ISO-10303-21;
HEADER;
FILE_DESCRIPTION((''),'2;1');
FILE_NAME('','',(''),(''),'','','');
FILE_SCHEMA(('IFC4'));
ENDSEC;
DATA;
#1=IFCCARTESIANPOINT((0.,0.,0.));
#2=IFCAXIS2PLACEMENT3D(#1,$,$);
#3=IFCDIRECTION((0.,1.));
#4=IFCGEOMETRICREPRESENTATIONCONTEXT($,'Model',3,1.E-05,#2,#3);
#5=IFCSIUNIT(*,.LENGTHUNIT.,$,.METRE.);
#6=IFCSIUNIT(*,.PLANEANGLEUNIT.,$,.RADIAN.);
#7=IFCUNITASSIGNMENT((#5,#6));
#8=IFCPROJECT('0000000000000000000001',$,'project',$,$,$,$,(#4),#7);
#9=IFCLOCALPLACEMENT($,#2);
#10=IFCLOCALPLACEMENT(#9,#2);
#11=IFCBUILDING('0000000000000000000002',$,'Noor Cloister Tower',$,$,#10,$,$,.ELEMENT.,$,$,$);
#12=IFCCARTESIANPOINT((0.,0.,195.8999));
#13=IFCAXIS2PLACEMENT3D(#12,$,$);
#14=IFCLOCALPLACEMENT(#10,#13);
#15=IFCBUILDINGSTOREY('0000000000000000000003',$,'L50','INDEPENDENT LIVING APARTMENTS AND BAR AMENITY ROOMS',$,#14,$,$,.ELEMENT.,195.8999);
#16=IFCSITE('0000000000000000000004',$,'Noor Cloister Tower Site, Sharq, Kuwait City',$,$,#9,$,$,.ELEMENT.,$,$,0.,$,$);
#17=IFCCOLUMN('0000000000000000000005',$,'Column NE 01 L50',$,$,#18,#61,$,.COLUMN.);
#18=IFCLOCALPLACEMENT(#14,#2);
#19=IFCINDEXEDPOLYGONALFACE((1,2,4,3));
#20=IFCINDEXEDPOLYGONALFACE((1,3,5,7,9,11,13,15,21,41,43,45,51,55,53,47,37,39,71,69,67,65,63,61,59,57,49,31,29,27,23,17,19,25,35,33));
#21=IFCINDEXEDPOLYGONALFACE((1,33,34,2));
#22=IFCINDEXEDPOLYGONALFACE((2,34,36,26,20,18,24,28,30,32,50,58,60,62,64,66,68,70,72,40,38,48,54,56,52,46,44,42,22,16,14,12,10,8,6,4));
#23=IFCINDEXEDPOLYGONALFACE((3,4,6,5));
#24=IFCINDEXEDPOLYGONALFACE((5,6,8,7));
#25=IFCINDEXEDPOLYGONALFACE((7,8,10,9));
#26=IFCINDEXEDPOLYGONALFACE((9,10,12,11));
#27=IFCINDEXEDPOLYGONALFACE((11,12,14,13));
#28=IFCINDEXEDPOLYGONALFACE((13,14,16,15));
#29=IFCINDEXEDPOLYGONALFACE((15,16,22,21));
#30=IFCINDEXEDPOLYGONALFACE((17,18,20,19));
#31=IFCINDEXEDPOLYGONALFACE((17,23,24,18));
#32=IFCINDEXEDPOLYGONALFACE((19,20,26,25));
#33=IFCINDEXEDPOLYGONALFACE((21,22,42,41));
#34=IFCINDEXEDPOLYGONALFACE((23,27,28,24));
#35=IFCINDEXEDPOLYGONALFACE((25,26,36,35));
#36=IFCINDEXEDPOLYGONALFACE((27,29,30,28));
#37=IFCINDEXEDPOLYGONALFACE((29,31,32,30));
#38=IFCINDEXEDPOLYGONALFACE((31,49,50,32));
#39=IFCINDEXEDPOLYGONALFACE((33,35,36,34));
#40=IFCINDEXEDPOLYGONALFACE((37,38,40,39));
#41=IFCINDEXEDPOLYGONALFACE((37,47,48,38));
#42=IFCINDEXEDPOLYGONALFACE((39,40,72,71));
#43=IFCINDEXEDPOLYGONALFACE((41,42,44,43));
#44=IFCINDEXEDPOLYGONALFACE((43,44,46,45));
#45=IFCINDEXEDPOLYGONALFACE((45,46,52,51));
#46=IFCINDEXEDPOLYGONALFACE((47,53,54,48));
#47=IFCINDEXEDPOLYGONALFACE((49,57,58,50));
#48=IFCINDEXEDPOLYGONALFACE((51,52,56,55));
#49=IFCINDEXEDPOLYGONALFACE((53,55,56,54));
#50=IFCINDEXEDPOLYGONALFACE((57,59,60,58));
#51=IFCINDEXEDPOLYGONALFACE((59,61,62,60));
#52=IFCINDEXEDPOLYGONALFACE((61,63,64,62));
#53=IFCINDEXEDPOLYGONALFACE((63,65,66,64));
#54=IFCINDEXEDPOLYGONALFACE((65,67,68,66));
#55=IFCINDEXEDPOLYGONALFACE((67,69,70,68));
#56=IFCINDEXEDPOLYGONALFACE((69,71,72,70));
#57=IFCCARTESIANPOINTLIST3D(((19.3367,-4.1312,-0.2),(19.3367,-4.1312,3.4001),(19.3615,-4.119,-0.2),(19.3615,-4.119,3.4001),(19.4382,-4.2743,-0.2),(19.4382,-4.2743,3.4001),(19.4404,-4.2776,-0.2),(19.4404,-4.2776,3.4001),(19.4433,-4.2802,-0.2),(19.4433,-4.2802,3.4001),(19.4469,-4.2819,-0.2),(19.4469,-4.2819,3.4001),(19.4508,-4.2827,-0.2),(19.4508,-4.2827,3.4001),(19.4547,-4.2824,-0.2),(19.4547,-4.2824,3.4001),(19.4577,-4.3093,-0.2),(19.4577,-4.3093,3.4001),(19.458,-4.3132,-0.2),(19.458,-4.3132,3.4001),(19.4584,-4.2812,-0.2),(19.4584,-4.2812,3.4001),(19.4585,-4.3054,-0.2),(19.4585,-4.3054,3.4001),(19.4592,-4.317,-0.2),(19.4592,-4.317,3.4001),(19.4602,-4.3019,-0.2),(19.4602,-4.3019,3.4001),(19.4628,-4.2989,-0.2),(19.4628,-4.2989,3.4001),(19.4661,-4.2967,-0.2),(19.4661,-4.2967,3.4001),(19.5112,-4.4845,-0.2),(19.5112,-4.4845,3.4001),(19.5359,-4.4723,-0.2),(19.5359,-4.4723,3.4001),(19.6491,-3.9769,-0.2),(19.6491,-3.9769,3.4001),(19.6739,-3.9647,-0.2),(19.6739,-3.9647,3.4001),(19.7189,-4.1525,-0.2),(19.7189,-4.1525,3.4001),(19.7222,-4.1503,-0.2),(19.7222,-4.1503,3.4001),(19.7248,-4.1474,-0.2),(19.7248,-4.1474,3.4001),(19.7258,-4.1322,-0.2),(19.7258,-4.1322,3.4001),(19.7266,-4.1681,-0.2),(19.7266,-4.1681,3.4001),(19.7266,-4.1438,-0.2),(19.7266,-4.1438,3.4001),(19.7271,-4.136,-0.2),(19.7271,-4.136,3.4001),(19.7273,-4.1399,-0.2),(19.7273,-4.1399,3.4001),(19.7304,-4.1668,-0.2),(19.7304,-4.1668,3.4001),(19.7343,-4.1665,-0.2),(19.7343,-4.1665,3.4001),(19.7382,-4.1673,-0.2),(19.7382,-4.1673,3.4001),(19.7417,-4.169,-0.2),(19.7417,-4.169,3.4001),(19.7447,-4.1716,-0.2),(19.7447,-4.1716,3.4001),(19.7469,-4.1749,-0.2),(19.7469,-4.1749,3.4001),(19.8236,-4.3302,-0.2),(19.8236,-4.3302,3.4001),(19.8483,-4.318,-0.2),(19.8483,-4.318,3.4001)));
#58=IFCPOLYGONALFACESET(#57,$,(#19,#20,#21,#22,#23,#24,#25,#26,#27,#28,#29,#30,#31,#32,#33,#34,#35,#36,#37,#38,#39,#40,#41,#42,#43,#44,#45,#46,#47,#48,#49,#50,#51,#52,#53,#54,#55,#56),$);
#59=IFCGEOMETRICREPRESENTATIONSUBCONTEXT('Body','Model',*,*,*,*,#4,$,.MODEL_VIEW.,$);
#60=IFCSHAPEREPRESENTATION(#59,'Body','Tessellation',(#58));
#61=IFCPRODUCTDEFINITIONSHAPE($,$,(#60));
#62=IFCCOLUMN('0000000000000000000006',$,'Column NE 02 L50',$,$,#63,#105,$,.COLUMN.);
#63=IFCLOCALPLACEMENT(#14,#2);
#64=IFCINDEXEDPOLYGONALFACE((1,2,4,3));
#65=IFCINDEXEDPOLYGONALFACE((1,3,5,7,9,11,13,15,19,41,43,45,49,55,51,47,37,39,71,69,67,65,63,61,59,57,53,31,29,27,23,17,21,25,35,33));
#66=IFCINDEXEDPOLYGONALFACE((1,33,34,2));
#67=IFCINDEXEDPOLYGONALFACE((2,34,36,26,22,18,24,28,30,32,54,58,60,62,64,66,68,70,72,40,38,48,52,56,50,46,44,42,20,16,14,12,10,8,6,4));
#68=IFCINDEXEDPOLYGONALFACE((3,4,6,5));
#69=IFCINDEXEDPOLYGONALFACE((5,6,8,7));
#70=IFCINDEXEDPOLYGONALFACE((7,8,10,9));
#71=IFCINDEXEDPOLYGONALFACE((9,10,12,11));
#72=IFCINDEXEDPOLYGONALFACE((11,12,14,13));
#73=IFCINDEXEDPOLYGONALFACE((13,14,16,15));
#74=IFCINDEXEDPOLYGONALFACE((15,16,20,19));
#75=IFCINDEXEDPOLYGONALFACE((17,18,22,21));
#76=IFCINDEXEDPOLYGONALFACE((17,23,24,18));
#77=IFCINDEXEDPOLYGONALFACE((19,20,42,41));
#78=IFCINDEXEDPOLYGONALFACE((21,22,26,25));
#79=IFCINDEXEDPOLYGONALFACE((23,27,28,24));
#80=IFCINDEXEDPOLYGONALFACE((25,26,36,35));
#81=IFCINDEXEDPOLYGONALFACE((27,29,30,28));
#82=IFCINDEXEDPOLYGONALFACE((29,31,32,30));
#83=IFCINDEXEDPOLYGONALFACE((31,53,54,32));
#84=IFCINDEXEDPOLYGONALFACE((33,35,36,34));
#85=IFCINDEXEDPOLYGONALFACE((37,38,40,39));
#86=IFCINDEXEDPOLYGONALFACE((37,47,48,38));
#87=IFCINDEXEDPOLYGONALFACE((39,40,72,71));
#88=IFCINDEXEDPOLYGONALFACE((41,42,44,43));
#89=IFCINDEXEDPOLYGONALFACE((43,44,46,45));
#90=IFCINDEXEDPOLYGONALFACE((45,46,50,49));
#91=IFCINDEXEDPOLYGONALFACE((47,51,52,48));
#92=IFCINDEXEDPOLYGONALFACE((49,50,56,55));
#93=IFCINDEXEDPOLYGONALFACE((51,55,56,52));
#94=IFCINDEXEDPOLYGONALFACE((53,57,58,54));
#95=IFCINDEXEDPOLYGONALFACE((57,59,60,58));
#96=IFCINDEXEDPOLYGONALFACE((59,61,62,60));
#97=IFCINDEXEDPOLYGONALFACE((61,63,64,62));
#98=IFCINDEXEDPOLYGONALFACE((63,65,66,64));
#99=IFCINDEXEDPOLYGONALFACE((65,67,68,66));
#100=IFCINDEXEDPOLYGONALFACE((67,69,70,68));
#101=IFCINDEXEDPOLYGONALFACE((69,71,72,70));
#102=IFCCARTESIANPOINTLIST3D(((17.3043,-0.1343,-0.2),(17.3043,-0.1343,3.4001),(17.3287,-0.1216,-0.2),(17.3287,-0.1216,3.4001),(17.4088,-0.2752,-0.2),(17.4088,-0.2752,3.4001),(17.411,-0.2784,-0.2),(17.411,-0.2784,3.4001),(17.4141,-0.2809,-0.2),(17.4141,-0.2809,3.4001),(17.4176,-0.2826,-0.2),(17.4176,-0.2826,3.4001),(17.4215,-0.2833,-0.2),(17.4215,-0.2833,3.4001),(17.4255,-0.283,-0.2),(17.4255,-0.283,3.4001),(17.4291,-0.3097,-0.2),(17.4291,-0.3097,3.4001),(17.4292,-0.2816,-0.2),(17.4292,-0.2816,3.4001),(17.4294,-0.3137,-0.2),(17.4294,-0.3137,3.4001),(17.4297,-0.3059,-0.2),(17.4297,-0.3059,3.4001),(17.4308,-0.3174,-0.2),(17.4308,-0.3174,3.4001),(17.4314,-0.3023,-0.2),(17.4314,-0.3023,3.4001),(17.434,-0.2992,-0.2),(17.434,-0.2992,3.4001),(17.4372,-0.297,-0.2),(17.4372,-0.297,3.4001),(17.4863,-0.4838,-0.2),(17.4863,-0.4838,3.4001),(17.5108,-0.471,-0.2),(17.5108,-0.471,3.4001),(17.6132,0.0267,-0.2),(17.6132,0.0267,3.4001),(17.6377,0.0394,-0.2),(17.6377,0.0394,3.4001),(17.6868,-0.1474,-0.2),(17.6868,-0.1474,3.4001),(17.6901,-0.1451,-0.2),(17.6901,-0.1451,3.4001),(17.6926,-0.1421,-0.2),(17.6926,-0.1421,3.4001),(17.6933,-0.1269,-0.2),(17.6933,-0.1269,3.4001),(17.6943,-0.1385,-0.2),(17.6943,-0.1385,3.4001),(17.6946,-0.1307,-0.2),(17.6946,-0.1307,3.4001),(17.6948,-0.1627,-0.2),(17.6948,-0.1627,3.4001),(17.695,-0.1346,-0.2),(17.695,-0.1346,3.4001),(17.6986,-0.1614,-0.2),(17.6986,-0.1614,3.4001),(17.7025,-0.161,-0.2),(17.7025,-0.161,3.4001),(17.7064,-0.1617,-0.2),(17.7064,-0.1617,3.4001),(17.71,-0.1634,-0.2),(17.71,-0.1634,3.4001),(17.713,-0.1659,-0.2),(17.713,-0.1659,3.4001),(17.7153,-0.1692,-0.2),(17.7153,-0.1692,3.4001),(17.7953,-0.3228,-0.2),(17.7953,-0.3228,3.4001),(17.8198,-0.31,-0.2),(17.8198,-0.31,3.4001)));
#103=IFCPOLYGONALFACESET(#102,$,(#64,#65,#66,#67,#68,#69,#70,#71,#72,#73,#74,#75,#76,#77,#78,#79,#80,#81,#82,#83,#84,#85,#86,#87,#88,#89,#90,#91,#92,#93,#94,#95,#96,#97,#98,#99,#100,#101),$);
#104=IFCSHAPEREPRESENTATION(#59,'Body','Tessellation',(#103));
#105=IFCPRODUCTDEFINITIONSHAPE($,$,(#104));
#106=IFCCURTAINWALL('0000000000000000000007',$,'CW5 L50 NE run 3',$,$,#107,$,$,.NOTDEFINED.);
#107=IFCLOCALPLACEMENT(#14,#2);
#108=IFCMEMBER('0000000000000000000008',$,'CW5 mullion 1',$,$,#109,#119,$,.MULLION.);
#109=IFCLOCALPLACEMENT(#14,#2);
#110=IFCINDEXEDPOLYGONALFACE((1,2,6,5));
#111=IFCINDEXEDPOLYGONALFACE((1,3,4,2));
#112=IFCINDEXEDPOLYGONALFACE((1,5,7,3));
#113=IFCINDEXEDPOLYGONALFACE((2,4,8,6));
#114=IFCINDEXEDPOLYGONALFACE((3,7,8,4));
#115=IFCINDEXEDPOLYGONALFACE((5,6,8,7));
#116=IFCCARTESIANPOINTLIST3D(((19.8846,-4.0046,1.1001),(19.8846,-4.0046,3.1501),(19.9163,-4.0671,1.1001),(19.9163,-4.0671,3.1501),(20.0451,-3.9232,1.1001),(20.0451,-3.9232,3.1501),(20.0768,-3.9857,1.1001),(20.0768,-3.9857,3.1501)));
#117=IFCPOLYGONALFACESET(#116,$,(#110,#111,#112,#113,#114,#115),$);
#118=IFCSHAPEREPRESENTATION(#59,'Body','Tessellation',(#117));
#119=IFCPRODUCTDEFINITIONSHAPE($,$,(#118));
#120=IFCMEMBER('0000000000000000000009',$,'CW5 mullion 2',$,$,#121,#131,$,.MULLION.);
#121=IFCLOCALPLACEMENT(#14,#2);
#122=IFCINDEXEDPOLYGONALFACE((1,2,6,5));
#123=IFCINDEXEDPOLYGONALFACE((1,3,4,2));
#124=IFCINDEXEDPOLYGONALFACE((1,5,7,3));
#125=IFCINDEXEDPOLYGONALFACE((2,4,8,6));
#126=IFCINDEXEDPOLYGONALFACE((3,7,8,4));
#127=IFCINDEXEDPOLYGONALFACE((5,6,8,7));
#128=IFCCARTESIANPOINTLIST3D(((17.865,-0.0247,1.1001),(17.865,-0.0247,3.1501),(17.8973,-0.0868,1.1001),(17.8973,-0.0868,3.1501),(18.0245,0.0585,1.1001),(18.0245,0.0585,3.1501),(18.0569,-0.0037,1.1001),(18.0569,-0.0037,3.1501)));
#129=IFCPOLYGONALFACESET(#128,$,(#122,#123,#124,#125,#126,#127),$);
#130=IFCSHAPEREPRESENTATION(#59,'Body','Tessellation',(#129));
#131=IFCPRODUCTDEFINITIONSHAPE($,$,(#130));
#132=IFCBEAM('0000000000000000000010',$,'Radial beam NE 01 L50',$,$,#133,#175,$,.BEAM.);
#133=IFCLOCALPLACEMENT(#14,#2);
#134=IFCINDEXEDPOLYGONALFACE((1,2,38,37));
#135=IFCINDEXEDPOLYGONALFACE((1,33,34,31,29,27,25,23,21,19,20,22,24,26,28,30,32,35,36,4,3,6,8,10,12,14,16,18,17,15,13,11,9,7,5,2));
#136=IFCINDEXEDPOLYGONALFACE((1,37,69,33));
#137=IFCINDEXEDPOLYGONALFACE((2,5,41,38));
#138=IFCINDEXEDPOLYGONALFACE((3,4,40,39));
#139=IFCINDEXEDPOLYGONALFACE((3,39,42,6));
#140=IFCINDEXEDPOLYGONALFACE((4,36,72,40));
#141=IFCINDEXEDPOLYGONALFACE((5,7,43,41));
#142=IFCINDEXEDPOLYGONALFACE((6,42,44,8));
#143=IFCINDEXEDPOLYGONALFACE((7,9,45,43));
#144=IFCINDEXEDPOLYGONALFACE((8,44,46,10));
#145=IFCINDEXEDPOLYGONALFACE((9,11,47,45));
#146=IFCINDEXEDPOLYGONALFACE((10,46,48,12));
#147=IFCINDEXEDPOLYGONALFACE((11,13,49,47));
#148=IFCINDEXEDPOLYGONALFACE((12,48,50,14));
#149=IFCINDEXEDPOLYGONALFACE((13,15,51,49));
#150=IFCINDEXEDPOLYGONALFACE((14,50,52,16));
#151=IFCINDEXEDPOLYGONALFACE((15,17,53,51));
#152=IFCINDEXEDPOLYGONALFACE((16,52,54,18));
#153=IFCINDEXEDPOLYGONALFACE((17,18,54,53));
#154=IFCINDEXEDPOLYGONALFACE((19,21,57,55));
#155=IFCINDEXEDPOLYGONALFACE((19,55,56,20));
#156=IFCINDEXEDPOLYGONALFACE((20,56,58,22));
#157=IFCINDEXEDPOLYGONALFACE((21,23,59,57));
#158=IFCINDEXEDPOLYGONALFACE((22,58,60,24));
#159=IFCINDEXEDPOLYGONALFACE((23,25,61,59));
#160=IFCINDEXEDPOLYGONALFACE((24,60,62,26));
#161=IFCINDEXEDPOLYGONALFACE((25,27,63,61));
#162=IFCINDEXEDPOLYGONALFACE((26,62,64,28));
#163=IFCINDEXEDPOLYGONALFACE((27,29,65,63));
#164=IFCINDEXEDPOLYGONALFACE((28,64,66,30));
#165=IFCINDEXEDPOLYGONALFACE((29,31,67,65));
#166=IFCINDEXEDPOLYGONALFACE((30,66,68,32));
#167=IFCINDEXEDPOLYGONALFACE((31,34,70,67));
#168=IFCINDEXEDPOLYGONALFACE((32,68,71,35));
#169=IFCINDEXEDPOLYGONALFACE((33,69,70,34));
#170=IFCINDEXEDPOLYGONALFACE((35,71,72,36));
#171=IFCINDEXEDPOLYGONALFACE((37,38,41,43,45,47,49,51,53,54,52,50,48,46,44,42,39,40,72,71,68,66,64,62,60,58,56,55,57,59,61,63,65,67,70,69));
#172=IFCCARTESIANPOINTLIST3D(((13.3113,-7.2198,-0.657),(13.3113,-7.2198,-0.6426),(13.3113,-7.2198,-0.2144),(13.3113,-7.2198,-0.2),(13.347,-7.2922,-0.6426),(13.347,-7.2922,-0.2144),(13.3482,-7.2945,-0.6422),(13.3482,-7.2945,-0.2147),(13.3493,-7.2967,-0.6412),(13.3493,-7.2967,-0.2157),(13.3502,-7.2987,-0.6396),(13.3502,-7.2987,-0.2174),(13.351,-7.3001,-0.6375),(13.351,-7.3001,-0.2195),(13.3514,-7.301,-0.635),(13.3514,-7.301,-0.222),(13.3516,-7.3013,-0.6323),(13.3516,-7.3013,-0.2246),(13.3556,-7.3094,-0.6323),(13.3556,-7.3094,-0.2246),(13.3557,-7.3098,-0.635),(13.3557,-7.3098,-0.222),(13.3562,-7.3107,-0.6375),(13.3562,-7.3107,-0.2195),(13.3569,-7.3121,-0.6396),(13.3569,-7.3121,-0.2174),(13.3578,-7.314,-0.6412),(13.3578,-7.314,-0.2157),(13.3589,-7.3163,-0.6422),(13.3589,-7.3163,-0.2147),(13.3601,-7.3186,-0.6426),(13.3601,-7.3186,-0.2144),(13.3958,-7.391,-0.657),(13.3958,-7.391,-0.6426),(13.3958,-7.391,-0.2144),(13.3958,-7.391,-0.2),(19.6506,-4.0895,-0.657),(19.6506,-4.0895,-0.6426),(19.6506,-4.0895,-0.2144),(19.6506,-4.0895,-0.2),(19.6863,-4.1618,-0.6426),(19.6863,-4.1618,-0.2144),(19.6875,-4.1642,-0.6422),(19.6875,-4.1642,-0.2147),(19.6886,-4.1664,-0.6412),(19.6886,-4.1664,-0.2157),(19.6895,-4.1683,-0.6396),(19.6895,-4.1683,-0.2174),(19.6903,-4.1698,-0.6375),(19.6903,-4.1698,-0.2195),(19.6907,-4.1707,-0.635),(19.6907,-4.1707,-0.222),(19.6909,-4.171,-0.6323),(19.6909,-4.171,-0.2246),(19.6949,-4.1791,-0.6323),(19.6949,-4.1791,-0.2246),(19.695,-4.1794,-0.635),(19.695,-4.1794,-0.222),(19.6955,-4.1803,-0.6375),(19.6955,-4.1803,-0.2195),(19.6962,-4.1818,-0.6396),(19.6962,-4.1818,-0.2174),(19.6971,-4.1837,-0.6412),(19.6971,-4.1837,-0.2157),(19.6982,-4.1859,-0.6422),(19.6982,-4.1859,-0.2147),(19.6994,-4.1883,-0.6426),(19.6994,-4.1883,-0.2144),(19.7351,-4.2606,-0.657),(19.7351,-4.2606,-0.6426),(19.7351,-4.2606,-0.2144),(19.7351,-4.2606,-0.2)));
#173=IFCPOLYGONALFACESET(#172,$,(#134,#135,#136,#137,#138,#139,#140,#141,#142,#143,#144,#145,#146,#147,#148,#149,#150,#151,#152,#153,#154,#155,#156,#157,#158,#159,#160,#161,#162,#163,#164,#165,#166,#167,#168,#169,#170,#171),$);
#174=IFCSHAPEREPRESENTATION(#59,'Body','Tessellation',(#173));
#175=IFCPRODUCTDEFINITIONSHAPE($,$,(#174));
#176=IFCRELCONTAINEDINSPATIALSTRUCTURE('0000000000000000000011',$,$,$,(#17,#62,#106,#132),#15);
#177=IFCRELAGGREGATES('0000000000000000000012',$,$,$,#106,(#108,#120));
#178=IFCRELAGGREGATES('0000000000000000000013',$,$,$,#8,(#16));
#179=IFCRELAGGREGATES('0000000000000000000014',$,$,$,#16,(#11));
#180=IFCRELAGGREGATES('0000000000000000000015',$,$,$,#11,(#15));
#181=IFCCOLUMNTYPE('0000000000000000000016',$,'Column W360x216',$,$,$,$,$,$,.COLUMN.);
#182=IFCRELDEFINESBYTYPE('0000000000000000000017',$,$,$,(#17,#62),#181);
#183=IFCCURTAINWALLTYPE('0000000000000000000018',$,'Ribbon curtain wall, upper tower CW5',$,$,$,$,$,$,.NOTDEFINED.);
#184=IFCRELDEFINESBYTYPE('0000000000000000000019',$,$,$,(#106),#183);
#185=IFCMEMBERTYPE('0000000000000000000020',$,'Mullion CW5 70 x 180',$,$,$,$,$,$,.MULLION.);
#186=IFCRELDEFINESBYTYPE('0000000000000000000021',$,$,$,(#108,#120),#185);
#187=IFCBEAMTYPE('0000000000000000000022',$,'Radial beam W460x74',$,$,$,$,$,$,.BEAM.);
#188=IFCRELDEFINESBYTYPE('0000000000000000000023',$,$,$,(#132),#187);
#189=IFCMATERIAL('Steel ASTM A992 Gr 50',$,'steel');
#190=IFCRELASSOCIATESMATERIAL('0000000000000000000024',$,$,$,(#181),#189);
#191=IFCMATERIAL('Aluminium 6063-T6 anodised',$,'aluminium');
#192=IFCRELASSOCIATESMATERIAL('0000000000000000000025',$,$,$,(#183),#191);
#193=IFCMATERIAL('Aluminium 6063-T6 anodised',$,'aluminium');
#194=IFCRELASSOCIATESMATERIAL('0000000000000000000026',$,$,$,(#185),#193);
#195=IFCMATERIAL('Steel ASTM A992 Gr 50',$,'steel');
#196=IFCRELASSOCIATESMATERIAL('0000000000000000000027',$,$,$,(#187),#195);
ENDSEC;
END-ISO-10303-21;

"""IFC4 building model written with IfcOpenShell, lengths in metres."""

from ifc_helpers import new_model, si_unit, direction, frame, origin, origin_2d, place, context, subcontext, project, spatial, rectangle, i_section, extrude, material, material_profile, profile_set, type_object, element, aggregate, save


model = new_model("IFC4")

# Units and contexts
model_context = context("Model", 3, precision=1e-05, world=origin(), true_north=direction((0.0, 1.0)))
body_context = subcontext(model_context, "Body", "Model", "MODEL_VIEW")
ifc_project = project(units=[si_unit("LENGTHUNIT", "METRE"), si_unit("PLANEANGLEUNIT", "RADIAN")], contexts=[model_context])

# Site, building, storey
site_placement = place(None, origin())
site = spatial("IfcSite", under=ifc_project, at=site_placement, Name="Noor Cloister Tower Site, Sharq, Kuwait City", CompositionType="ELEMENT", RefElevation=0.0)
building_placement = place(site_placement, origin())
building = spatial("IfcBuilding", under=site, at=building_placement, Name="Noor Cloister Tower", CompositionType="ELEMENT")
storey_placement = place(building_placement, frame((0.0, 0.0, 195.8999)))
storey = spatial("IfcBuildingStorey", under=building, at=storey_placement, Name="L50", Description="INDEPENDENT LIVING APARTMENTS AND BAR AMENITY ROOMS", CompositionType="ELEMENT", Elevation=195.8999)

# Columns
ifc_material_1 = material(Name="Steel ASTM A992 Gr 50", Category="steel")
ifc_material_profile_1 = material_profile(ifc_material_1, i_section(OverallWidth=0.394, OverallDepth=0.376, WebThickness=0.0173, FlangeThickness=0.0276, FilletRadius=0.0151, at=origin_2d()), Name="W360x216")
ifc_profile_set_1 = profile_set([ifc_material_profile_1], Name="Steel ASTM A992 Gr 50")
column_type = type_object("IfcColumnType", Name="Column W360x216", PredefinedType="COLUMN", material=ifc_profile_set_1)
for number, where, z_axis, x_axis, name in (
    (1, (19.5925, -4.2246, -0.2), (0.0, 0.0, 1.0), (-0.442763, 0.896639, 0.0), "Column NE 01 L50"),
    (2, (17.562, -0.2222, -0.2), (0.0, 0.0, 1.0), (-0.462061, 0.886848, 0.0), "Column NE 02 L50"),
):
    element("IfcColumn", number, at=place(storey_placement, frame(where, z_axis=z_axis, x_axis=x_axis)), inside=storey, type_object=column_type, Name=name, PredefinedType="COLUMN", context=body_context, shape_type="SweptSolid", body=[
        extrude(i_section(OverallWidth=0.394, OverallDepth=0.376, WebThickness=0.0173, FlangeThickness=0.0276, FilletRadius=0.0151, at=origin_2d()), origin(), (0.0, 0.0, 1.0), 3.6001),
    ])

# Curtain wall, members
ifc_material_2 = material(Name="Aluminium 6063-T6 anodised", Category="aluminium")
curtain_wall_type = type_object("IfcCurtainWallType", Name="Ribbon curtain wall, upper tower CW5", PredefinedType="NOTDEFINED", material=ifc_material_2)
curtain_wall_placement = place(storey_placement, origin())
curtain_wall = element("IfcCurtainWall", 3, at=curtain_wall_placement, inside=storey, type_object=curtain_wall_type, Name="CW5 L50 NE run 3", PredefinedType="NOTDEFINED")
ifc_material_3 = material(Name="Aluminium 6063-T6 anodised", Category="aluminium")
ifc_material_profile_2 = material_profile(ifc_material_3, rectangle(XDim=0.1799, YDim=0.0701, at=origin_2d()), Name="180 x 70 mullion")
ifc_profile_set_2 = profile_set([ifc_material_profile_2], Name="Aluminium 6063-T6 anodised")
member_type = type_object("IfcMemberType", Name="Mullion CW5 70 x 180", PredefinedType="MULLION", material=ifc_profile_set_2)
member_1_placement = place(storey_placement, frame((19.9807, -3.9951, 1.1001), z_axis=(0.0, 0.0, 1.0), x_axis=(-0.891795, -0.452439, 0.0)))
member_1 = element("IfcMember", 4, at=member_1_placement, type_object=member_type, Name="CW5 mullion 1", PredefinedType="MULLION", context=body_context, shape_type="SweptSolid", body=[
    extrude(rectangle(XDim=0.1799, YDim=0.0701, at=origin_2d()), origin(), (0.0, 0.0, 1.0), 2.05),
])
member_2_placement = place(storey_placement, frame((17.9609, -0.0142, 1.1001), z_axis=(0.0, 0.0, 1.0), x_axis=(-0.886848, -0.462061, 0.0)))
member_2 = element("IfcMember", 5, at=member_2_placement, type_object=member_type, Name="CW5 mullion 2", PredefinedType="MULLION", context=body_context, shape_type="SweptSolid", body=[
    extrude(rectangle(XDim=0.1799, YDim=0.0701, at=origin_2d()), origin(), (0.0, 0.0, 1.0), 2.05),
])

# Beam
ifc_material_4 = material(Name="Steel ASTM A992 Gr 50", Category="steel")
ifc_material_profile_3 = material_profile(ifc_material_4, i_section(OverallWidth=0.1909, OverallDepth=0.457, WebThickness=0.009, FlangeThickness=0.0144, FilletRadius=0.0103, at=origin_2d()), Name="W460x74")
ifc_profile_set_3 = profile_set([ifc_material_profile_3], Name="Steel ASTM A992 Gr 50")
beam_type_1 = type_object("IfcBeamType", Name="Radial beam W460x74", PredefinedType="BEAM", material=ifc_profile_set_3)
beam_1_placement = place(storey_placement, frame((19.6929, -4.175, -0.4285), z_axis=(-0.89664, -0.44276, 0.0), x_axis=(0.44276, -0.89664, 0.0)))
element("IfcBeam", 6, at=beam_1_placement, inside=storey, type_object=beam_type_1, Name="Radial beam NE 01 L50", PredefinedType="BEAM", context=body_context, shape_type="SweptSolid", body=[
    extrude(i_section(OverallWidth=0.1909, OverallDepth=0.457, WebThickness=0.009, FlangeThickness=0.0144, FilletRadius=0.0103, at=origin_2d()), origin(), (0.0, 0.0, 1.0), 7.0701),
])

aggregate(curtain_wall, [member_1, member_2])

save(model, "model.ifc")
